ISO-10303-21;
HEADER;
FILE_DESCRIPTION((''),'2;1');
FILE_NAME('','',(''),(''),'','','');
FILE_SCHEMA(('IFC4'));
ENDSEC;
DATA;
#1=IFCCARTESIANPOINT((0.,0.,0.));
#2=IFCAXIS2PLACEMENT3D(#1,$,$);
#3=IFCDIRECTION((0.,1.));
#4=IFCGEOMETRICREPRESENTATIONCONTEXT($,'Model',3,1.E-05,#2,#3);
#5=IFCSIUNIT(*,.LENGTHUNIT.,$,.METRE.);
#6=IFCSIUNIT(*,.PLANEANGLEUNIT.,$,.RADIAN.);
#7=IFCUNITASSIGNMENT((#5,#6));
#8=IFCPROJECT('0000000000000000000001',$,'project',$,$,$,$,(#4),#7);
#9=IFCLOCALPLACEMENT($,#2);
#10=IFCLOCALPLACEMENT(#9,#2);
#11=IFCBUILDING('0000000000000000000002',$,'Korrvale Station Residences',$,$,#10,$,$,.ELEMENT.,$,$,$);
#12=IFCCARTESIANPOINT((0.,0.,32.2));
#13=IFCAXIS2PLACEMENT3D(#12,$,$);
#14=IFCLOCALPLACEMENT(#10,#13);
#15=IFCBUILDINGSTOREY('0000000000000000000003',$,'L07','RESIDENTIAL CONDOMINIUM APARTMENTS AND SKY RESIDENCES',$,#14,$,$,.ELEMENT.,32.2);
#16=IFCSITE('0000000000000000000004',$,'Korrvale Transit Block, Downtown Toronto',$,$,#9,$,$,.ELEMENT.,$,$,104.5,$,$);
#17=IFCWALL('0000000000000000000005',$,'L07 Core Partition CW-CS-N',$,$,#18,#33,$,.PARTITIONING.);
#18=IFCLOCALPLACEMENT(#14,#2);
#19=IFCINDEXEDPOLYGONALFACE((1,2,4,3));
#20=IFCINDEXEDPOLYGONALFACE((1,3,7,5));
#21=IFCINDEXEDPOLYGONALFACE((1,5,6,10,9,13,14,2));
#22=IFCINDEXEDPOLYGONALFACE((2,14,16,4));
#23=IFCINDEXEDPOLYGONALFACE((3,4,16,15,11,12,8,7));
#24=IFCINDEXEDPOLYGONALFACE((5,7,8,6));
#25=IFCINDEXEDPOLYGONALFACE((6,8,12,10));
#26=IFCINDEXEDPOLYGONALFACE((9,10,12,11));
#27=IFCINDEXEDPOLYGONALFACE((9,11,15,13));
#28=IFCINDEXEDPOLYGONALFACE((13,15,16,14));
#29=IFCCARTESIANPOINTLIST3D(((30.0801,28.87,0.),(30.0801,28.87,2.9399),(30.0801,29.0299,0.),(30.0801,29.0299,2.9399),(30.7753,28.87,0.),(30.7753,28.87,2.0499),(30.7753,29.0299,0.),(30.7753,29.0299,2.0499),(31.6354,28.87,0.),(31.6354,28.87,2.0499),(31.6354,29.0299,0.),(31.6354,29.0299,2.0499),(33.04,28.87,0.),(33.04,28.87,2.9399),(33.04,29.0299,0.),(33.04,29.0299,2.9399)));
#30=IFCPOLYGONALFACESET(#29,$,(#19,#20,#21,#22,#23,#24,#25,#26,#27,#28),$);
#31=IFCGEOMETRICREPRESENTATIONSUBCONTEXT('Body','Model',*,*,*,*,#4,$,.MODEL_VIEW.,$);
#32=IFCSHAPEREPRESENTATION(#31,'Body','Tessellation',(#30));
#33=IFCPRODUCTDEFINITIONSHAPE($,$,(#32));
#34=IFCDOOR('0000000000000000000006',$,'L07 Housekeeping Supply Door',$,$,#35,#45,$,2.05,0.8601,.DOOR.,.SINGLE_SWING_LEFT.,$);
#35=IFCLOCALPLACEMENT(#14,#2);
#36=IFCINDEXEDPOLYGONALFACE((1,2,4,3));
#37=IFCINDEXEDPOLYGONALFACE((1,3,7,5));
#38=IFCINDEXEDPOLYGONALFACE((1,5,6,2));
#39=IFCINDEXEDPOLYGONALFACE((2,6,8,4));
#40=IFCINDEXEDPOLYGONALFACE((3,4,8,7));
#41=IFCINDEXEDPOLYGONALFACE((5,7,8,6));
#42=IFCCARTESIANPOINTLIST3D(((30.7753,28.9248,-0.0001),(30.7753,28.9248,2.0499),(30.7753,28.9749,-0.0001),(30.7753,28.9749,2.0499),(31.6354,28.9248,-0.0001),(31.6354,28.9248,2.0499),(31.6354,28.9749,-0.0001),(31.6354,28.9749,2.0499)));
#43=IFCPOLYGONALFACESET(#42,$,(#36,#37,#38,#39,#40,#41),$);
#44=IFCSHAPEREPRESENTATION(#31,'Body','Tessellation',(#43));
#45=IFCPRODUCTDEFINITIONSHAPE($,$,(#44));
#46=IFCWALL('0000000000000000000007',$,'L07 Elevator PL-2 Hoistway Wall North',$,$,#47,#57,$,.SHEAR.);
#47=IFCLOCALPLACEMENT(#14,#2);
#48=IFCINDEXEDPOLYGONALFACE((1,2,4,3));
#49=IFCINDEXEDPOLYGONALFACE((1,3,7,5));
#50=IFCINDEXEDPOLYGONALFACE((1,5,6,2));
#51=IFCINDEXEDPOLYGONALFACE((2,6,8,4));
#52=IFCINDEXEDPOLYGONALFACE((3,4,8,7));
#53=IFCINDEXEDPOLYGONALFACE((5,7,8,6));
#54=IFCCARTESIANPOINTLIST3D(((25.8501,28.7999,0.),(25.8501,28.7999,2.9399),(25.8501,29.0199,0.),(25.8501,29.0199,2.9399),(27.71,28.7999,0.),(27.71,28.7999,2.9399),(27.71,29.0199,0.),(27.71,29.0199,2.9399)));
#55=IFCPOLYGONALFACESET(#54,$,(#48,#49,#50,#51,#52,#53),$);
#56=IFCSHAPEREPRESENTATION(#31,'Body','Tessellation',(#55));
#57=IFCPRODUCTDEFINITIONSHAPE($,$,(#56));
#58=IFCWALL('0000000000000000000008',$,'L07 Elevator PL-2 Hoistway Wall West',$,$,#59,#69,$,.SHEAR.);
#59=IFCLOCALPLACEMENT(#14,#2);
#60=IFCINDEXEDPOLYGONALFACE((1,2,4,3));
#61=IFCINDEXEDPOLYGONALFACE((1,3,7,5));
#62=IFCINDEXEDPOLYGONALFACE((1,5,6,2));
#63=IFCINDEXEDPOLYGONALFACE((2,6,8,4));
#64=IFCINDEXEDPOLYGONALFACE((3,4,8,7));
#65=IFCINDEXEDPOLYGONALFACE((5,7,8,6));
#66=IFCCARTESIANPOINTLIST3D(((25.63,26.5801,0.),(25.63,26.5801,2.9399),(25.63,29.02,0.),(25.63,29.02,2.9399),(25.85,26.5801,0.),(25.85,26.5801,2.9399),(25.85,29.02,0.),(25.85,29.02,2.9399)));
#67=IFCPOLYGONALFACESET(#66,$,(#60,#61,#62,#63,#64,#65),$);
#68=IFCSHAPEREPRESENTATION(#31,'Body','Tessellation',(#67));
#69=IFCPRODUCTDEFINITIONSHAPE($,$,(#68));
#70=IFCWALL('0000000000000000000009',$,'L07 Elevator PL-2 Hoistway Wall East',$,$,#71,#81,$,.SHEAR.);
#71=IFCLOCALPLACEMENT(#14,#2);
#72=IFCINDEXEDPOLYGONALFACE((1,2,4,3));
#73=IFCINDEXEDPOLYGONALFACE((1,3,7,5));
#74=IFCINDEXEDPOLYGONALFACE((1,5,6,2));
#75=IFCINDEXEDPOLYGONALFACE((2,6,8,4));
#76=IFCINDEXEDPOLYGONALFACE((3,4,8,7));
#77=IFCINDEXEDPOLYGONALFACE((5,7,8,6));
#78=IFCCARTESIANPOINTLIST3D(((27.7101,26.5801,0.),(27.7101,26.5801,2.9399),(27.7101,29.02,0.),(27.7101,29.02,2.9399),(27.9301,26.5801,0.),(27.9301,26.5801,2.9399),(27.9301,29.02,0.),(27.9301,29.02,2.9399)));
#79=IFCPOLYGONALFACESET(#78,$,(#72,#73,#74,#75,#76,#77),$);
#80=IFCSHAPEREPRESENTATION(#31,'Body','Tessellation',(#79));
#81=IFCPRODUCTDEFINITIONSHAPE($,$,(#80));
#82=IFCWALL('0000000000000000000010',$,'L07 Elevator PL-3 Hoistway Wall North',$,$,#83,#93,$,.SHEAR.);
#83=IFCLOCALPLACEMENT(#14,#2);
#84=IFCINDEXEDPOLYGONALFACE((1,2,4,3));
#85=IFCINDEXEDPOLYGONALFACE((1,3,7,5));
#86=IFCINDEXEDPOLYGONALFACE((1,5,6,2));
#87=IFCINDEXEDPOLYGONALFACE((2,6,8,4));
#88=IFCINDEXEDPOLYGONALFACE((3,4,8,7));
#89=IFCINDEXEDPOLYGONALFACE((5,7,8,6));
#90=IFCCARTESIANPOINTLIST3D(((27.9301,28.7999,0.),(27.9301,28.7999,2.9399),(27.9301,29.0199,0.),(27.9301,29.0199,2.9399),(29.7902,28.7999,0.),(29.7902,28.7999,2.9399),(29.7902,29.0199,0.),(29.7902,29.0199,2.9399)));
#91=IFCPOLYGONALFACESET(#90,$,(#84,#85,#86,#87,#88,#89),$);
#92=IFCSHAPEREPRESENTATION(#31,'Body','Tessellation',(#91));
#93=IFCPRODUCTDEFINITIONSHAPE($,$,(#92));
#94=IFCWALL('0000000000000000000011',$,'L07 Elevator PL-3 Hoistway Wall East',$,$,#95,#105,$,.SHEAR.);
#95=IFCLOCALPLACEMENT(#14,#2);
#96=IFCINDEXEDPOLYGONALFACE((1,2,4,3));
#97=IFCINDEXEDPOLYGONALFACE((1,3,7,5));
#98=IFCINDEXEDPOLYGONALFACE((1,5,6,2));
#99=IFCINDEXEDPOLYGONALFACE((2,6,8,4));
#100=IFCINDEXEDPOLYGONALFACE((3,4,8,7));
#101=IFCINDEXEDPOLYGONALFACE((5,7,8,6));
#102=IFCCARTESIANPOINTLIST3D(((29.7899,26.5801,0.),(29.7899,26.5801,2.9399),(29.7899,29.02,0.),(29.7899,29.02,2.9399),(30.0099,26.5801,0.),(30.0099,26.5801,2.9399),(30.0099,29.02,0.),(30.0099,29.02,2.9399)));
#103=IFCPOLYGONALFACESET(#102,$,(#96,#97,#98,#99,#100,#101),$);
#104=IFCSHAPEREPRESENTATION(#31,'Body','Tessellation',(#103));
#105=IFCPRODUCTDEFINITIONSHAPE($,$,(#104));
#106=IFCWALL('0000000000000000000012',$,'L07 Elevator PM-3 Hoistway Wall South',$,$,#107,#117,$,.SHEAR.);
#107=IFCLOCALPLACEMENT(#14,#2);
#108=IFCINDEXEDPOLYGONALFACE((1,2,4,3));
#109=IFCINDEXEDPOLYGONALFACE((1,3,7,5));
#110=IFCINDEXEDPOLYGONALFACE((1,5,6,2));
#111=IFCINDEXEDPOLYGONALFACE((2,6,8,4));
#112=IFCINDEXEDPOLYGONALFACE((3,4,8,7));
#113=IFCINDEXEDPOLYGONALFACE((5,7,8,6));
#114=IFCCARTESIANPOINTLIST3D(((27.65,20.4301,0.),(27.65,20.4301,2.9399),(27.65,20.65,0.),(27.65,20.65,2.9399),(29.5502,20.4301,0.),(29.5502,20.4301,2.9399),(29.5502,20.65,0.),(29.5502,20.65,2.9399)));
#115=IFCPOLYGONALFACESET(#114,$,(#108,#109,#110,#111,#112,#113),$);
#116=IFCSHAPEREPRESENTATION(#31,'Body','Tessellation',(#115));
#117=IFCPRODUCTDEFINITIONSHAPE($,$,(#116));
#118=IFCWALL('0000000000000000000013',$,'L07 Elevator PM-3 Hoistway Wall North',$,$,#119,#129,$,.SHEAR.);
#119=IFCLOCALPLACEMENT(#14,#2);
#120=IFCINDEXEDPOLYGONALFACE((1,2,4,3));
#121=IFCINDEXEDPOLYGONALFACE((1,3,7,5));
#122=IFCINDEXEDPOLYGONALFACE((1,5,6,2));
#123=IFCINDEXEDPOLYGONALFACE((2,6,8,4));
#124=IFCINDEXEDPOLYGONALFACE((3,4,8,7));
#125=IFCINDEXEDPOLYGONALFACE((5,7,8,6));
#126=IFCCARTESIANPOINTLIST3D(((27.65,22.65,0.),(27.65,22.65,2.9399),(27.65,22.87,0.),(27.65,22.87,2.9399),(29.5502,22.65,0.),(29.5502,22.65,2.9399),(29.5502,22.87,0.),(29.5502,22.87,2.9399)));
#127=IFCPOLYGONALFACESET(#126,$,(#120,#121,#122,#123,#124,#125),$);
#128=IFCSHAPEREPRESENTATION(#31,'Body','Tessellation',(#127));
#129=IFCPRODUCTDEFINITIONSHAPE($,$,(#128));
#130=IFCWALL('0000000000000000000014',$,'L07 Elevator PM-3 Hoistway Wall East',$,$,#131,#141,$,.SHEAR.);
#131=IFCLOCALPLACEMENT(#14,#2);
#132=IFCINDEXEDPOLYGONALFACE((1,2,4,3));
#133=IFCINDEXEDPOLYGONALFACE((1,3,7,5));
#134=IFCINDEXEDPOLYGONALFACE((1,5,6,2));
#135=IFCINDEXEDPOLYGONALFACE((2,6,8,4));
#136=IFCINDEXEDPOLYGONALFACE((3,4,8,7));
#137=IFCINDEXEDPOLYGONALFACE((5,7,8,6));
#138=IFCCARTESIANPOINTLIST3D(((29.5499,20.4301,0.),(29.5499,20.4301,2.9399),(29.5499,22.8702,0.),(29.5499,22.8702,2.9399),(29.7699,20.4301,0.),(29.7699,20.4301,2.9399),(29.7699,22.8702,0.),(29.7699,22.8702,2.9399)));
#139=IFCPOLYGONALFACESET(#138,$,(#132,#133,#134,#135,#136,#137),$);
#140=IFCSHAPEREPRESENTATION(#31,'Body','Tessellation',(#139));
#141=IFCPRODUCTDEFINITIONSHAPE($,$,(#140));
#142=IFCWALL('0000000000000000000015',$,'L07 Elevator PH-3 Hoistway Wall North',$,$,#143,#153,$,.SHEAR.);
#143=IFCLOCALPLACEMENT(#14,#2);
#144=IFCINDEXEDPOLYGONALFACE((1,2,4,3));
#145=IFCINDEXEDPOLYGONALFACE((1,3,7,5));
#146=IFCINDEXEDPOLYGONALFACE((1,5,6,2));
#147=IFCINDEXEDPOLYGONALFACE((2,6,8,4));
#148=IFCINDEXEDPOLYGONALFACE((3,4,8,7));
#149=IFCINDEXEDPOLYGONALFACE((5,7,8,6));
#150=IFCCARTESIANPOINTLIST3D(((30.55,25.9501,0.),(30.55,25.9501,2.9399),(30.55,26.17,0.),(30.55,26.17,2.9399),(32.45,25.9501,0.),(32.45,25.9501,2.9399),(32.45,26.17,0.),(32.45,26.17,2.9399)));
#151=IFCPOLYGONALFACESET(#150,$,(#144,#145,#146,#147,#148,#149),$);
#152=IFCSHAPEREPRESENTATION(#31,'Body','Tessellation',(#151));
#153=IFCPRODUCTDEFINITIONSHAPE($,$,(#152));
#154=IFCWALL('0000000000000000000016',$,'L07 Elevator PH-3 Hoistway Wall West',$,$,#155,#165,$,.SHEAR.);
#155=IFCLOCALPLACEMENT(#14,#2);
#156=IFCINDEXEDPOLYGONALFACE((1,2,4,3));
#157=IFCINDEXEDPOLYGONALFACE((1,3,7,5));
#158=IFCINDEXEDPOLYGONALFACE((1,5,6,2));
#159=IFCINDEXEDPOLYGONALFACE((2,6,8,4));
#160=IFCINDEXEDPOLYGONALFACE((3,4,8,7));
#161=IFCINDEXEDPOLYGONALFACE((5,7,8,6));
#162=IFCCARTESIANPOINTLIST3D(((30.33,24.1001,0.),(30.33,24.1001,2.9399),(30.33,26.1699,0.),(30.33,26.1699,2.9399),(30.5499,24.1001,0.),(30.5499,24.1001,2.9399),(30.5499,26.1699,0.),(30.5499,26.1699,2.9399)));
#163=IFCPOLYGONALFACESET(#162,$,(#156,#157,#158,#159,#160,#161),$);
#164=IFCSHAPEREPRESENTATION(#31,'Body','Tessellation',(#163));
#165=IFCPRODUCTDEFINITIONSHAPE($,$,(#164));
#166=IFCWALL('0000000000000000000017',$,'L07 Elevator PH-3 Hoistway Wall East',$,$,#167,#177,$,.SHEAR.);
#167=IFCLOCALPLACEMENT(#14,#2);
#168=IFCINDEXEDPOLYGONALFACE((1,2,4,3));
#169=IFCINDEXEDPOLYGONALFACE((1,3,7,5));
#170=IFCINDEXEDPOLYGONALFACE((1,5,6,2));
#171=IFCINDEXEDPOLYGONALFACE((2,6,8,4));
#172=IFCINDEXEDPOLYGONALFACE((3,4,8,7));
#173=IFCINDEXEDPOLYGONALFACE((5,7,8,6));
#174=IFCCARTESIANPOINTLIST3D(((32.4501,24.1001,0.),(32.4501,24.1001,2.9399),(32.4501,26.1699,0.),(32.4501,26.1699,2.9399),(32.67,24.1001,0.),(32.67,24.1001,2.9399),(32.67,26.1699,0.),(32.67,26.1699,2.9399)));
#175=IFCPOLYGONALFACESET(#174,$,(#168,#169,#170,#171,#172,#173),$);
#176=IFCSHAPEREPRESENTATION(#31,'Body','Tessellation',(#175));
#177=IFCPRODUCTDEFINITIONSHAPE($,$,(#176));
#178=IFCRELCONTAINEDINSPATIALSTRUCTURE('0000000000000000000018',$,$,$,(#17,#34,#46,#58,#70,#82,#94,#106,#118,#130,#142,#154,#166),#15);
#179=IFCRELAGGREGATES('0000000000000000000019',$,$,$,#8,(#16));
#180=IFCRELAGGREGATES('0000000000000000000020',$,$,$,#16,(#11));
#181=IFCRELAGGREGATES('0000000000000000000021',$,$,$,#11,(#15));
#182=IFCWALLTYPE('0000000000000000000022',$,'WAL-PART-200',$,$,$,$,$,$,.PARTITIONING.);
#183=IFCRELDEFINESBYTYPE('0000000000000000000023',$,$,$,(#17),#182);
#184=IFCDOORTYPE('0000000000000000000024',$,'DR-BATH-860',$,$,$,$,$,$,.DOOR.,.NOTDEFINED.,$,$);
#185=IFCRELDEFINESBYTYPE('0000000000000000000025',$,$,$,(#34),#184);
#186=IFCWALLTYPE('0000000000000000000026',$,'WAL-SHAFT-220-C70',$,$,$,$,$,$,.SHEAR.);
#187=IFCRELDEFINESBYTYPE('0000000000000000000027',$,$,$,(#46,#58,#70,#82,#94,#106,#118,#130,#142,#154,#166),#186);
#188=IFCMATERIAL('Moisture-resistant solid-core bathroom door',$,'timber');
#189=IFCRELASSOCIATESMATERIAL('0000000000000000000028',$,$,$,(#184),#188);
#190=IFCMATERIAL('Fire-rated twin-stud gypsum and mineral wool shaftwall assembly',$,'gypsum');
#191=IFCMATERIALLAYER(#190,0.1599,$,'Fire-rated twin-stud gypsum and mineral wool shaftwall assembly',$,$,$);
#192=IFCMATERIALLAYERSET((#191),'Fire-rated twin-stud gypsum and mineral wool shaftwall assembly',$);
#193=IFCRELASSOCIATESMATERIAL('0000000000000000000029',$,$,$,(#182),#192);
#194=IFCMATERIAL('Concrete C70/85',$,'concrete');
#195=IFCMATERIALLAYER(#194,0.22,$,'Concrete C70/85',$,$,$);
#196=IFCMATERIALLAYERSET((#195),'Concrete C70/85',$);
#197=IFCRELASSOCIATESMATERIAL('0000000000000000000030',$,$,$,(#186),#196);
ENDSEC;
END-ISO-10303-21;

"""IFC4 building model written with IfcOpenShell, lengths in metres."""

from ifc_helpers import new_model, si_unit, direction, frame, frame_2d, origin, place, context, subcontext, project, spatial, rectangle, extrude, material, layer, layer_set, type_object, element, fill, save


model = new_model("IFC4")

# Units and contexts
model_context = context("Model", 3, precision=1e-05, world=origin(), true_north=direction((0.0, 1.0)))
body_context = subcontext(model_context, "Body", "Model", "MODEL_VIEW")
ifc_project = project(units=[si_unit("LENGTHUNIT", "METRE"), si_unit("PLANEANGLEUNIT", "RADIAN")], contexts=[model_context])

# Site, building, storey
site_placement = place(None, origin())
site = spatial("IfcSite", under=ifc_project, at=site_placement, Name="Korrvale Transit Block, Downtown Toronto", CompositionType="ELEMENT", RefElevation=104.5)
building_placement = place(site_placement, origin())
building = spatial("IfcBuilding", under=site, at=building_placement, Name="Korrvale Station Residences", CompositionType="ELEMENT")
storey_placement = place(building_placement, frame((0.0, 0.0, 32.2)))
storey = spatial("IfcBuildingStorey", under=building, at=storey_placement, Name="L07", Description="RESIDENTIAL CONDOMINIUM APARTMENTS AND SKY RESIDENCES", CompositionType="ELEMENT", Elevation=32.2)

# Shared definitions
ifc_material_1 = material(Name="Concrete C70/85", Category="concrete")

# Shared definitions
ifc_material_2 = material(Name="Moisture-resistant solid-core bathroom door", Category="timber")
door_type_1 = type_object("IfcDoorType", Name="DR-BATH-860", OperationType="NOTDEFINED", PredefinedType="DOOR", material=ifc_material_2)

# Shared definitions
ifc_material_3 = material(Name="Fire-rated twin-stud gypsum and mineral wool shaftwall assembly", Category="gypsum")
ifc_layer_1 = layer(ifc_material_3, 0.1599, Name="Fire-rated twin-stud gypsum and mineral wool shaftwall assembly")
ifc_layer_set_1 = layer_set([ifc_layer_1], Name="Fire-rated twin-stud gypsum and mineral wool shaftwall assembly")
wall_type_1 = type_object("IfcWallType", Name="WAL-PART-200", PredefinedType="PARTITIONING", material=ifc_layer_set_1)

# Wall, opening, door
wall_1_placement = place(storey_placement, frame((30.0801, 28.95, 0.0), z_axis=(0.0, 0.0, 1.0), x_axis=(1.0, 0.0, 0.0)))
wall_1 = element("IfcWall", 1, at=wall_1_placement, inside=storey, type_object=wall_type_1, Name="L07 Core Partition CW-CS-N", PredefinedType="PARTITIONING", context=body_context, shape_type="SweptSolid", body=[
    extrude(rectangle(XDim=2.96, YDim=0.1599, at=frame_2d((1.48, 0.0))), origin(), (0.0, 0.0, 1.0), 2.9399),
])
opening_1_placement = place(wall_1_placement, frame((0.6951, 0.0, 0.0)))
opening_1 = element("IfcOpeningElement", 2, at=opening_1_placement, cuts=wall_1, PredefinedType="OPENING", context=body_context, shape_type="SweptSolid", body=[
    extrude(rectangle(XDim=0.8601, YDim=2.05, at=frame_2d((0.4302, 1.0249))), frame((0.0, 0.0898, 0.0), z_axis=(0.0, -1.0, 0.0), x_axis=(1.0, 0.0, 0.0)), (0.0, 0.0, 1.0), 0.1799),
])
door_1_placement = place(opening_1_placement, origin())
door_1 = element("IfcDoor", 3, at=door_1_placement, inside=storey, type_object=door_type_1, Name="L07 Housekeeping Supply Door", OperationType="SINGLE_SWING_LEFT", OverallHeight=2.05, OverallWidth=0.8601, PredefinedType="DOOR", context=body_context, shape_type="SweptSolid", body=[
    extrude(rectangle(XDim=0.8601, YDim=2.05, at=frame_2d((0.4302, 1.0249))), frame((0.0, 0.0249, 0.0), z_axis=(0.0, -1.0, 0.0), x_axis=(1.0, 0.0, 0.0)), (0.0, 0.0, 1.0), 0.05),
])
fill(opening_1, door_1)
ifc_layer_2 = layer(ifc_material_1, 0.22, Name="Concrete C70/85")
ifc_layer_set_2 = layer_set([ifc_layer_2], Name="Concrete C70/85")
wall_type_2 = type_object("IfcWallType", Name="WAL-SHAFT-220-C70", PredefinedType="SHEAR", material=ifc_layer_set_2)

# Walls
wall_2_placement = place(storey_placement, frame((25.8501, 28.9099, 0.0), z_axis=(0.0, 0.0, 1.0), x_axis=(1.0, 0.0, 0.0)))
element("IfcWall", 4, at=wall_2_placement, inside=storey, type_object=wall_type_2, Name="L07 Elevator PL-2 Hoistway Wall North", PredefinedType="SHEAR", context=body_context, shape_type="SweptSolid", body=[
    extrude(rectangle(XDim=1.8599, YDim=0.22, at=frame_2d((0.9299, 0.0))), origin(), (0.0, 0.0, 1.0), 2.9399),
])
for number, where, z_axis, x_axis, name in (
    (5, (25.74, 26.5801, 0.0), (0.0, 0.0, 1.0), (0.0, 1.0, 0.0), "L07 Elevator PL-2 Hoistway Wall West"),
    (6, (27.8201, 26.5801, 0.0), (0.0, 0.0, 1.0), (0.0, 1.0, 0.0), "L07 Elevator PL-2 Hoistway Wall East"),
):
    element("IfcWall", number, at=place(storey_placement, frame(where, z_axis=z_axis, x_axis=x_axis)), inside=storey, type_object=wall_type_2, Name=name, PredefinedType="SHEAR", context=body_context, shape_type="SweptSolid", body=[
        extrude(rectangle(XDim=2.4399, YDim=0.22, at=frame_2d((1.22, 0.0))), origin(), (0.0, 0.0, 1.0), 2.9399),
    ])

# Walls
wall_3_placement = place(storey_placement, frame((27.9299, 28.9099, 0.0), z_axis=(0.0, 0.0, 1.0), x_axis=(1.0, 0.0, 0.0)))
element("IfcWall", 7, at=wall_3_placement, inside=storey, type_object=wall_type_2, Name="L07 Elevator PL-3 Hoistway Wall North", PredefinedType="SHEAR", context=body_context, shape_type="SweptSolid", body=[
    extrude(rectangle(XDim=1.8601, YDim=0.22, at=frame_2d((0.9302, 0.0))), origin(), (0.0, 0.0, 1.0), 2.9399),
])
wall_4_placement = place(storey_placement, frame((29.8999, 26.5801, 0.0), z_axis=(0.0, 0.0, 1.0), x_axis=(0.0, 1.0, 0.0)))
element("IfcWall", 8, at=wall_4_placement, inside=storey, type_object=wall_type_2, Name="L07 Elevator PL-3 Hoistway Wall East", PredefinedType="SHEAR", context=body_context, shape_type="SweptSolid", body=[
    extrude(rectangle(XDim=2.4399, YDim=0.22, at=frame_2d((1.22, 0.0))), origin(), (0.0, 0.0, 1.0), 2.9399),
])
for number, where, z_axis, x_axis, name in (
    (9, (27.6499, 20.54, 0.0), (0.0, 0.0, 1.0), (1.0, 0.0, 0.0), "L07 Elevator PM-3 Hoistway Wall South"),
    (10, (27.6499, 22.76, 0.0), (0.0, 0.0, 1.0), (1.0, 0.0, 0.0), "L07 Elevator PM-3 Hoistway Wall North"),
):
    element("IfcWall", number, at=place(storey_placement, frame(where, z_axis=z_axis, x_axis=x_axis)), inside=storey, type_object=wall_type_2, Name=name, PredefinedType="SHEAR", context=body_context, shape_type="SweptSolid", body=[
        extrude(rectangle(XDim=1.9001, YDim=0.22, at=frame_2d((0.9502, 0.0))), origin(), (0.0, 0.0, 1.0), 2.9399),
    ])
wall_5_placement = place(storey_placement, frame((29.6599, 20.4299, 0.0), z_axis=(0.0, 0.0, 1.0), x_axis=(0.0, 1.0, 0.0)))
element("IfcWall", 11, at=wall_5_placement, inside=storey, type_object=wall_type_2, Name="L07 Elevator PM-3 Hoistway Wall East", PredefinedType="SHEAR", context=body_context, shape_type="SweptSolid", body=[
    extrude(rectangle(XDim=2.4402, YDim=0.22, at=frame_2d((1.2202, 0.0))), origin(), (0.0, 0.0, 1.0), 2.9399),
])
wall_6_placement = place(storey_placement, frame((30.55, 26.0601, 0.0), z_axis=(0.0, 0.0, 1.0), x_axis=(1.0, 0.0, 0.0)))
element("IfcWall", 12, at=wall_6_placement, inside=storey, type_object=wall_type_2, Name="L07 Elevator PH-3 Hoistway Wall North", PredefinedType="SHEAR", context=body_context, shape_type="SweptSolid", body=[
    extrude(rectangle(XDim=1.8999, YDim=0.22, at=frame_2d((0.95, 0.0))), origin(), (0.0, 0.0, 1.0), 2.9399),
])
for number, where, z_axis, x_axis, name in (
    (13, (30.4399, 24.1001, 0.0), (0.0, 0.0, 1.0), (0.0, 1.0, 0.0), "L07 Elevator PH-3 Hoistway Wall West"),
    (14, (32.5601, 24.1001, 0.0), (0.0, 0.0, 1.0), (0.0, 1.0, 0.0), "L07 Elevator PH-3 Hoistway Wall East"),
):
    element("IfcWall", number, at=place(storey_placement, frame(where, z_axis=z_axis, x_axis=x_axis)), inside=storey, type_object=wall_type_2, Name=name, PredefinedType="SHEAR", context=body_context, shape_type="SweptSolid", body=[
        extrude(rectangle(XDim=2.0698, YDim=0.22, at=frame_2d((1.0349, 0.0))), origin(), (0.0, 0.0, 1.0), 2.9399),
    ])

save(model, "model.ifc")
